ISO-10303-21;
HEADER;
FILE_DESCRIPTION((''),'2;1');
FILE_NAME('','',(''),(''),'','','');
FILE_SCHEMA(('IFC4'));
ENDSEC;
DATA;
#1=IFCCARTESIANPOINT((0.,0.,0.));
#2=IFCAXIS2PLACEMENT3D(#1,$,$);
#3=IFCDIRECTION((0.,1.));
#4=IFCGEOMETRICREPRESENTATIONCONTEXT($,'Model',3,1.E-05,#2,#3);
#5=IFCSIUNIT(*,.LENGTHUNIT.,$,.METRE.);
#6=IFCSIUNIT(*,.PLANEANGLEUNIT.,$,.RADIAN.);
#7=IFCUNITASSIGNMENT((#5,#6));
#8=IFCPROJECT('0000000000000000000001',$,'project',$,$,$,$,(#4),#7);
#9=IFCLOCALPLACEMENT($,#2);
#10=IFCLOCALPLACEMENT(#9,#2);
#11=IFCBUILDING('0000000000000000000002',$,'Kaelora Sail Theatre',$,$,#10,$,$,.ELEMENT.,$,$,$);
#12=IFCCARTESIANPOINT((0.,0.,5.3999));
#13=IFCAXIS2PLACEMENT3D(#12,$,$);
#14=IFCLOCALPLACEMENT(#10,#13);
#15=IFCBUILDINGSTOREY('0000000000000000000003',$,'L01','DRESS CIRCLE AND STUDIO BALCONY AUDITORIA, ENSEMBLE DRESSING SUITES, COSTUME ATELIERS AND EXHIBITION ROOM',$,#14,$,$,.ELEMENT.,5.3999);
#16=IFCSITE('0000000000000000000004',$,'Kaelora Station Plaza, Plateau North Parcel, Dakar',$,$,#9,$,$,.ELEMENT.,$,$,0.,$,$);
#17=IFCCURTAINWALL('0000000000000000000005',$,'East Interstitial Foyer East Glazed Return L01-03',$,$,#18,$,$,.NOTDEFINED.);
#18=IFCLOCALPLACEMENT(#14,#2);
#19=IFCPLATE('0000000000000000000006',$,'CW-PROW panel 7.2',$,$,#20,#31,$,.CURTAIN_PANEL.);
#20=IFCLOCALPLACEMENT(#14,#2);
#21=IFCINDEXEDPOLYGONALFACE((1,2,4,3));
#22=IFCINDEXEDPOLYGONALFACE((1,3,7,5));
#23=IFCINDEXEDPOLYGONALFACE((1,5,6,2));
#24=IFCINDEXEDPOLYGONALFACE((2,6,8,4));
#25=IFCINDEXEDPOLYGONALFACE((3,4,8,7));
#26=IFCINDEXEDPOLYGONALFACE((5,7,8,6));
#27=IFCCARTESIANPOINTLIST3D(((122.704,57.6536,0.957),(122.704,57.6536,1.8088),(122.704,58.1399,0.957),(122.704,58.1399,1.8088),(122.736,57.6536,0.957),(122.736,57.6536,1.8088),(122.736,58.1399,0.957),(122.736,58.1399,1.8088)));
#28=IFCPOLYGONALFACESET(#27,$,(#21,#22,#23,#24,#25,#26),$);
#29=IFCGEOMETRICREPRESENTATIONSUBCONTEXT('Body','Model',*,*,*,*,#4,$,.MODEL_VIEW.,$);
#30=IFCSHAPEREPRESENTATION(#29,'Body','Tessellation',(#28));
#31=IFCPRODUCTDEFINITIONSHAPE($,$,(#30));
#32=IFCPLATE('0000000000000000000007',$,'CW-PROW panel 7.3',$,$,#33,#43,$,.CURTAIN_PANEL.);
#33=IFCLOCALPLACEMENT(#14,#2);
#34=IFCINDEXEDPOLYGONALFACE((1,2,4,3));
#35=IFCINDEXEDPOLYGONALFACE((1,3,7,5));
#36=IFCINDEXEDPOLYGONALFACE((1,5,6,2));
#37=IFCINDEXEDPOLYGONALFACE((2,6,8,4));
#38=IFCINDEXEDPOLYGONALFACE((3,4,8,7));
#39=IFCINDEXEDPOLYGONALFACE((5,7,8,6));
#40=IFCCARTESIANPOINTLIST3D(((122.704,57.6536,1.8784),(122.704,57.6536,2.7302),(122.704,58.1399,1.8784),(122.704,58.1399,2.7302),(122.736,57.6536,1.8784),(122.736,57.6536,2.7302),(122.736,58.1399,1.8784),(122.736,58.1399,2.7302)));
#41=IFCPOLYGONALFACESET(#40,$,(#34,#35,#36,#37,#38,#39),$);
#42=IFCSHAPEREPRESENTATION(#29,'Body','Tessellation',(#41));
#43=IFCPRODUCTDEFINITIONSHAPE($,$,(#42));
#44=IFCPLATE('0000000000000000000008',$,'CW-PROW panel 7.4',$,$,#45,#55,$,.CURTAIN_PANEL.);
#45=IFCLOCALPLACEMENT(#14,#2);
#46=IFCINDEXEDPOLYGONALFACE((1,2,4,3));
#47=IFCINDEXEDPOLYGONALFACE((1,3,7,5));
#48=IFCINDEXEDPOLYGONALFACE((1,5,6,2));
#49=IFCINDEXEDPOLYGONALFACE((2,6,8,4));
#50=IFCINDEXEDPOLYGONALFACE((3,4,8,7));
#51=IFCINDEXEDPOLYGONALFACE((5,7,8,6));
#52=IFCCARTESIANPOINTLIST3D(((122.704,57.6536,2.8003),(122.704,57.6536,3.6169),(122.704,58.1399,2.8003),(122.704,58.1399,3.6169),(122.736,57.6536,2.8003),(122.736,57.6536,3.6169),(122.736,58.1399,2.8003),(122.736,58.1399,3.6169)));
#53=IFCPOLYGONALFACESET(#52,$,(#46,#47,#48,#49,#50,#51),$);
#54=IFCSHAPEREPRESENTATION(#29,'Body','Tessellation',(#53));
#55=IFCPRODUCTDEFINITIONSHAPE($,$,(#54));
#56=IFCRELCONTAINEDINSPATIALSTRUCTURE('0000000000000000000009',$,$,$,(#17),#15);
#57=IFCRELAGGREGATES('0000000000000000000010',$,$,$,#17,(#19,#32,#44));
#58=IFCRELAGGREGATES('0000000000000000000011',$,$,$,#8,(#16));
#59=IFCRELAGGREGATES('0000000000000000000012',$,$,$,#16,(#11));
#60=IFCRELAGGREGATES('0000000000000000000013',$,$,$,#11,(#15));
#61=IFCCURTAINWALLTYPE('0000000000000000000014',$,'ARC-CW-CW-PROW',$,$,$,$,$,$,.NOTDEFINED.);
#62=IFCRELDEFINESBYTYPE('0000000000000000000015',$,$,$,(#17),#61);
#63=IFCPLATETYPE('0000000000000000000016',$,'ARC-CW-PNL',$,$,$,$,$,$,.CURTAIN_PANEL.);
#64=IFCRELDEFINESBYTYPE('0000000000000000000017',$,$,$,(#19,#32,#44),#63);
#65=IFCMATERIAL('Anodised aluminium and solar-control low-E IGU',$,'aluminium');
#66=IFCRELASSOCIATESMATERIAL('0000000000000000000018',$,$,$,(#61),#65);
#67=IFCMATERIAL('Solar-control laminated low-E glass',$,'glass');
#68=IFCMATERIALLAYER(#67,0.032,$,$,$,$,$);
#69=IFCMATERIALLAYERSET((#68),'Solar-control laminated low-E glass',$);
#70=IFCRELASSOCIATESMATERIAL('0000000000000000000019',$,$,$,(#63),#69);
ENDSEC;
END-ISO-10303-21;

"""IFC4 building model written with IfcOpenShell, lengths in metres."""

from ifc_helpers import new_model, si_unit, direction, frame, origin, origin_2d, place, context, subcontext, project, spatial, rectangle, extrude, material, layer, layer_set, type_object, element, aggregate, save


model = new_model("IFC4")

# Units and contexts
model_context = context("Model", 3, precision=1e-05, world=origin(), true_north=direction((0.0, 1.0)))
body_context = subcontext(model_context, "Body", "Model", "MODEL_VIEW")
ifc_project = project(units=[si_unit("LENGTHUNIT", "METRE"), si_unit("PLANEANGLEUNIT", "RADIAN")], contexts=[model_context])

# Site, building, storey
site_placement = place(None, origin())
site = spatial("IfcSite", under=ifc_project, at=site_placement, Name="Kaelora Station Plaza, Plateau North Parcel, Dakar", CompositionType="ELEMENT", RefElevation=0.0)
building_placement = place(site_placement, origin())
building = spatial("IfcBuilding", under=site, at=building_placement, Name="Kaelora Sail Theatre", CompositionType="ELEMENT")
storey_placement = place(building_placement, frame((0.0, 0.0, 5.3999)))
storey = spatial("IfcBuildingStorey", under=building, at=storey_placement, Name="L01", Description="DRESS CIRCLE AND STUDIO BALCONY AUDITORIA, ENSEMBLE DRESSING SUITES, COSTUME ATELIERS AND EXHIBITION ROOM", CompositionType="ELEMENT", Elevation=5.3999)

# Curtain wall
ifc_material_1 = material(Name="Anodised aluminium and solar-control low-E IGU", Category="aluminium")
curtain_wall_type = type_object("IfcCurtainWallType", Name="ARC-CW-CW-PROW", PredefinedType="NOTDEFINED", material=ifc_material_1)
curtain_wall_placement = place(storey_placement, origin())
curtain_wall = element("IfcCurtainWall", 1, at=curtain_wall_placement, inside=storey, type_object=curtain_wall_type, Name="East Interstitial Foyer East Glazed Return L01-03", PredefinedType="NOTDEFINED")

# Plates
ifc_material_2 = material(Name="Solar-control laminated low-E glass", Category="glass")
ifc_layer = layer(ifc_material_2, 0.032)
ifc_layer_set = layer_set([ifc_layer], Name="Solar-control laminated low-E glass")
plate_type = type_object("IfcPlateType", Name="ARC-CW-PNL", PredefinedType="CURTAIN_PANEL", material=ifc_layer_set)
plate_1_placement = place(storey_placement, frame((122.72, 57.8967, 0.957), z_axis=(0.0, 0.0, 1.0), x_axis=(0.0, 1.0, 0.0)))
plate_1 = element("IfcPlate", 2, at=plate_1_placement, type_object=plate_type, Name="CW-PROW panel 7.2", PredefinedType="CURTAIN_PANEL", context=body_context, shape_type="SweptSolid", body=[
    extrude(rectangle(XDim=0.4863, YDim=0.032, at=origin_2d()), origin(), (0.0, 0.0, 1.0), 0.8518),
])
plate_2_placement = place(storey_placement, frame((122.72, 57.8967, 1.8784), z_axis=(0.0, 0.0, 1.0), x_axis=(0.0, 1.0, 0.0)))
plate_2 = element("IfcPlate", 3, at=plate_2_placement, type_object=plate_type, Name="CW-PROW panel 7.3", PredefinedType="CURTAIN_PANEL", context=body_context, shape_type="SweptSolid", body=[
    extrude(rectangle(XDim=0.4863, YDim=0.032, at=origin_2d()), origin(), (0.0, 0.0, 1.0), 0.8518),
])
plate_3_placement = place(storey_placement, frame((122.72, 57.8967, 2.8003), z_axis=(0.0, 0.0, 1.0), x_axis=(0.0, 1.0, 0.0)))
plate_3 = element("IfcPlate", 4, at=plate_3_placement, type_object=plate_type, Name="CW-PROW panel 7.4", PredefinedType="CURTAIN_PANEL", context=body_context, shape_type="SweptSolid", body=[
    extrude(rectangle(XDim=0.4863, YDim=0.032, at=origin_2d()), origin(), (0.0, 0.0, 1.0), 0.8167),
])
aggregate(curtain_wall, [plate_1, plate_2, plate_3])

save(model, "model.ifc")
